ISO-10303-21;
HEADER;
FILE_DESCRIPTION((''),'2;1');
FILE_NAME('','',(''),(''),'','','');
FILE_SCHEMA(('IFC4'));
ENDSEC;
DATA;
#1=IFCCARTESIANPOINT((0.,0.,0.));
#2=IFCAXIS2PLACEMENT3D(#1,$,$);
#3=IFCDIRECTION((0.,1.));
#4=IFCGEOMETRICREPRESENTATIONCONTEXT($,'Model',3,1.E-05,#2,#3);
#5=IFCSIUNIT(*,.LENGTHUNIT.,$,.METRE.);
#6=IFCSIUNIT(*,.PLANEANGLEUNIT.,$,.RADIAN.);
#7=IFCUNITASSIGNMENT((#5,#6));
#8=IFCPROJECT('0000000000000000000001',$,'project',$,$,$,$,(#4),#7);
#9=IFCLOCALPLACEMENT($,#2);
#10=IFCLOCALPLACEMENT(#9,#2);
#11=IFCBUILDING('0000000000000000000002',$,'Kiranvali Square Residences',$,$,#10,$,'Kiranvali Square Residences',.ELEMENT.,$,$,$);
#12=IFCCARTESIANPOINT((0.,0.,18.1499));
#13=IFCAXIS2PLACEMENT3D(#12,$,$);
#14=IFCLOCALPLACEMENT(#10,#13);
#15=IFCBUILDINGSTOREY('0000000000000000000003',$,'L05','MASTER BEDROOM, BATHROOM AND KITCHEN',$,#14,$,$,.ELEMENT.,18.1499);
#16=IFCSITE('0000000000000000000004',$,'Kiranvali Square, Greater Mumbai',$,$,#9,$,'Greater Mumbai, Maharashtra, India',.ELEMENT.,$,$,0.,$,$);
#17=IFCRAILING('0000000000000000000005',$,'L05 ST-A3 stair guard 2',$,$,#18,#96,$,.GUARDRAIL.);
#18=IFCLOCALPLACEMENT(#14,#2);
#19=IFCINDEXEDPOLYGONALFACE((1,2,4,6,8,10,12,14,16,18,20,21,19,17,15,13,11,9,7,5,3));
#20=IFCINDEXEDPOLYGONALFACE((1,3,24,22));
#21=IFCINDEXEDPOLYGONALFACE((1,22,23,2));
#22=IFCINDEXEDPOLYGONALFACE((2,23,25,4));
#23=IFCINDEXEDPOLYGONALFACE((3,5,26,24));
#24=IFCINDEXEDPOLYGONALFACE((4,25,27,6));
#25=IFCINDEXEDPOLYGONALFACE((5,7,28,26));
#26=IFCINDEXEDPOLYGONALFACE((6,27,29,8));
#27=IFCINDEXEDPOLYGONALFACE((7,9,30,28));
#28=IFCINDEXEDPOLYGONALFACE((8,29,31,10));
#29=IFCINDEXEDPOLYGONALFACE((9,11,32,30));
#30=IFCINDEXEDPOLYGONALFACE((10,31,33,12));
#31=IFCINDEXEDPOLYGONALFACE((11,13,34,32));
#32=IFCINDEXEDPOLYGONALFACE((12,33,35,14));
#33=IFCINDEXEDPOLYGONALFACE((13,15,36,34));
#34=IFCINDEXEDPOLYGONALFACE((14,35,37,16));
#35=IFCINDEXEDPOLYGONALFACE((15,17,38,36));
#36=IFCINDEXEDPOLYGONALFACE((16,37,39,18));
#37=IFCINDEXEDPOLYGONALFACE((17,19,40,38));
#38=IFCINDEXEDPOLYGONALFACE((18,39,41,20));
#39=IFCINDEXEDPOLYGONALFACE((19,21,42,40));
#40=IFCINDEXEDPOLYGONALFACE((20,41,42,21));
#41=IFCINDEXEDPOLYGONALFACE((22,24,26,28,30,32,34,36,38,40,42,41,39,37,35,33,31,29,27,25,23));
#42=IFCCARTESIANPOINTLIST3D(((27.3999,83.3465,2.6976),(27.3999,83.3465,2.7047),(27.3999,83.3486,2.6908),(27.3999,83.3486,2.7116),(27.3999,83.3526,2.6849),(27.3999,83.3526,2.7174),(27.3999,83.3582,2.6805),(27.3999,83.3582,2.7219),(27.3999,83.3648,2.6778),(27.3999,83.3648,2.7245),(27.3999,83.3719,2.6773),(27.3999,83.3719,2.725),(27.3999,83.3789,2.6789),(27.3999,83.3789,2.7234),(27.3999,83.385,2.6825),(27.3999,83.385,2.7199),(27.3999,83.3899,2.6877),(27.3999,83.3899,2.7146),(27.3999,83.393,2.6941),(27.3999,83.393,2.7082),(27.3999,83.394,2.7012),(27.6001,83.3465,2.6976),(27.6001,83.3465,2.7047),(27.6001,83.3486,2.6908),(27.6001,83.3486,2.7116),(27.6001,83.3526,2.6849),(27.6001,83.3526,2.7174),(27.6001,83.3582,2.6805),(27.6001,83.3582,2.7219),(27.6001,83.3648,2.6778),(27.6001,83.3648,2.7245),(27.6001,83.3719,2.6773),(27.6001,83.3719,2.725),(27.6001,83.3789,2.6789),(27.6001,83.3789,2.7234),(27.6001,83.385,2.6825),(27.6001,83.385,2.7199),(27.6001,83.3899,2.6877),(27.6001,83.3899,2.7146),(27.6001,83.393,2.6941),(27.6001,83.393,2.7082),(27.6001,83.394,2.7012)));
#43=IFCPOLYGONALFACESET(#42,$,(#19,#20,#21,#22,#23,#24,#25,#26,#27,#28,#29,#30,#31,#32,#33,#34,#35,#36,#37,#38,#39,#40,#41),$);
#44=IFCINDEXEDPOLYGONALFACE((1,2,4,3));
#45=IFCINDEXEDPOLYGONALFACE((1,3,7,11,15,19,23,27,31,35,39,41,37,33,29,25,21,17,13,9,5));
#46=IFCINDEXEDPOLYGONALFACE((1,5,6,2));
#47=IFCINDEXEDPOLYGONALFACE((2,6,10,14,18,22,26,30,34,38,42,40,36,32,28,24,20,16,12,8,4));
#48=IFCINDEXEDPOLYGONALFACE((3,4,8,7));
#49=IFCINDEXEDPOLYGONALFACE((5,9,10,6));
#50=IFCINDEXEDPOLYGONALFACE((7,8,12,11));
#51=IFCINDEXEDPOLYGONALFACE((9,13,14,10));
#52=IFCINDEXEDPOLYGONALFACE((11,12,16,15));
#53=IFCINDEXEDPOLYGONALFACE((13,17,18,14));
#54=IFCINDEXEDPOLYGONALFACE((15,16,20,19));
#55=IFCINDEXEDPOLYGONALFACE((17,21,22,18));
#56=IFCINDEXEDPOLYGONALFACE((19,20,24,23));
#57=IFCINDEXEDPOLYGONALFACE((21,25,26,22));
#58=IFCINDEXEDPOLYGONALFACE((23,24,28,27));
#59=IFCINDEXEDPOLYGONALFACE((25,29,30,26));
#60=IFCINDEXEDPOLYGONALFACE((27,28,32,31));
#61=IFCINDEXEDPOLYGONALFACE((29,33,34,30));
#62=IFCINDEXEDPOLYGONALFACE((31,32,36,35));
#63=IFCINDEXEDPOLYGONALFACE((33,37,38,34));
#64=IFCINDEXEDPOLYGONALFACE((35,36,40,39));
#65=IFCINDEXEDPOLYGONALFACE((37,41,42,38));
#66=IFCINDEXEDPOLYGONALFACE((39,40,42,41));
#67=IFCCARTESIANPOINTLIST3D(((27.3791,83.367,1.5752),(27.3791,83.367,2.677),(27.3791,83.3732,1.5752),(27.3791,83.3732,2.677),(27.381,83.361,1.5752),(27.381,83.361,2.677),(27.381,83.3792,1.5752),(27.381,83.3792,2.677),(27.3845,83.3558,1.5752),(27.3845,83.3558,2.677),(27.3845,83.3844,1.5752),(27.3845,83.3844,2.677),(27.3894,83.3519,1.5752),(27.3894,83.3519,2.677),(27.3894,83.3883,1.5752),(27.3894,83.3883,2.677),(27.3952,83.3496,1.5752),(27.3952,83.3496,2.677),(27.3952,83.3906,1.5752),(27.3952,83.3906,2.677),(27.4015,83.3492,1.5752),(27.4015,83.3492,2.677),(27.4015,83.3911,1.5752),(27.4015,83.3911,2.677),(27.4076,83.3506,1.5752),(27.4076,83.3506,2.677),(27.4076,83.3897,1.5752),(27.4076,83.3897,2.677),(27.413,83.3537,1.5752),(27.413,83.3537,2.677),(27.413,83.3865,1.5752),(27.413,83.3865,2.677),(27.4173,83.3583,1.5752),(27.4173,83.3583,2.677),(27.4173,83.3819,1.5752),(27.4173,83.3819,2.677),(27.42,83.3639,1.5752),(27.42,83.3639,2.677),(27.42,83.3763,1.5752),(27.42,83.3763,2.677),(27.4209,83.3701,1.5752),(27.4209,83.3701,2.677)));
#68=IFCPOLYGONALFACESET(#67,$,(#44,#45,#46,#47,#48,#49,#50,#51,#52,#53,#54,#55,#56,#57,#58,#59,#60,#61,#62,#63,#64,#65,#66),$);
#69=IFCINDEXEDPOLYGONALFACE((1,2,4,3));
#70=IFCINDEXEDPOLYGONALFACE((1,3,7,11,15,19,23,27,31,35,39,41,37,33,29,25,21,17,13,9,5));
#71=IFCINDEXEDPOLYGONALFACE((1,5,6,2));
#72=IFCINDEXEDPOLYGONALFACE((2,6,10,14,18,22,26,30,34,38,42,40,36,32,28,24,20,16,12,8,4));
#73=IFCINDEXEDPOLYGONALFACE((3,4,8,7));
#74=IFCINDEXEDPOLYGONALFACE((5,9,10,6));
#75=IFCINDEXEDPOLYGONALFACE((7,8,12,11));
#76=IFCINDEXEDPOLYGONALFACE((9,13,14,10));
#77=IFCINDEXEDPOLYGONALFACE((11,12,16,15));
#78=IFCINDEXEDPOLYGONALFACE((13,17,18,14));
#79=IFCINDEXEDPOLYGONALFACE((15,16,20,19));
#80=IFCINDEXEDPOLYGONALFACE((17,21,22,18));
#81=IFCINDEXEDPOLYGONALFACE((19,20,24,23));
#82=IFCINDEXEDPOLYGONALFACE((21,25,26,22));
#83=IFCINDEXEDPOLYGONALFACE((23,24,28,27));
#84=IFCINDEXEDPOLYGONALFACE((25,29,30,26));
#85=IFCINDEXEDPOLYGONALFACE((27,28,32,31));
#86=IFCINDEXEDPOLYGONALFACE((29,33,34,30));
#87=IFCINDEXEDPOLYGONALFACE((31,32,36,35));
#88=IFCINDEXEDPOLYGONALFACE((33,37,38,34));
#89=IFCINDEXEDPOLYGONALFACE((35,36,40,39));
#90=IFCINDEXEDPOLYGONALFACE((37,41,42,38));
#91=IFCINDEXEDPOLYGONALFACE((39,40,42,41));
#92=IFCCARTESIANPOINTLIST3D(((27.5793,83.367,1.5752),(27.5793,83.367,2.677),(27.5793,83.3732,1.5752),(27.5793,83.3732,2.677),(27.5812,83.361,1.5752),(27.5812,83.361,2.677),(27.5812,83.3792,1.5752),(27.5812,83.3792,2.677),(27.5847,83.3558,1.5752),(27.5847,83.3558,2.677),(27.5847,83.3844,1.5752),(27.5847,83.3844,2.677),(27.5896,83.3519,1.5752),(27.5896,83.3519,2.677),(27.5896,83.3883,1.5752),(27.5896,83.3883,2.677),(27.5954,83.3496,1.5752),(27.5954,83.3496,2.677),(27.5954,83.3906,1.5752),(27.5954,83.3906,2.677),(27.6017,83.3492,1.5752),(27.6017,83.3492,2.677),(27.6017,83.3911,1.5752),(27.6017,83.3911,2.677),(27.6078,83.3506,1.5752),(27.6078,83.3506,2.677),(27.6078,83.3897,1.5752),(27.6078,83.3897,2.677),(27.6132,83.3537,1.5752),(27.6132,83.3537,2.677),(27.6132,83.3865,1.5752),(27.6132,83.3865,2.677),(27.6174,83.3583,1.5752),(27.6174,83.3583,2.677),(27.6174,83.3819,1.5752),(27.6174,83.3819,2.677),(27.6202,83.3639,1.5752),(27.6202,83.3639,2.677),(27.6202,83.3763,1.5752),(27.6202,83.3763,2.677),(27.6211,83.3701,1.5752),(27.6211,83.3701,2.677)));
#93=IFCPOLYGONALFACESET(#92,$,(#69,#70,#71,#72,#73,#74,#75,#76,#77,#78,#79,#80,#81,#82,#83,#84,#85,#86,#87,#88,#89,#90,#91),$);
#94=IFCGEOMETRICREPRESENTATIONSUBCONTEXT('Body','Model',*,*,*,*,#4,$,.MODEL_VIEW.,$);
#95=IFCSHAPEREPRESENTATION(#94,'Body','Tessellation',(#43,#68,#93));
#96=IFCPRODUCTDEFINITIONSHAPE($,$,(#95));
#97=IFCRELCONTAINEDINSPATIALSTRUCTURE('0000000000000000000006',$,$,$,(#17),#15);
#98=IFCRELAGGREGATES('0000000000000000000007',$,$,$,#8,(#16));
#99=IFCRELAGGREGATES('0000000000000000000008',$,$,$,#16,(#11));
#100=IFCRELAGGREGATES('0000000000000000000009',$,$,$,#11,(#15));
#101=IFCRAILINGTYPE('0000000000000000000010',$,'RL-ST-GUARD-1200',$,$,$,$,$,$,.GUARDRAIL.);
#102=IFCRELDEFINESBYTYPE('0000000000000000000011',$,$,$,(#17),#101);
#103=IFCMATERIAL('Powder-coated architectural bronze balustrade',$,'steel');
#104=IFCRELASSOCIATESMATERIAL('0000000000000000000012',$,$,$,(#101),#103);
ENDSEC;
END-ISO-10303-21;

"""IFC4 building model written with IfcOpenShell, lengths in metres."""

from ifc_helpers import new_model, si_unit, direction, frame, origin, origin_2d, place, context, subcontext, project, spatial, circle, extrude, material, type_object, element, save


model = new_model("IFC4")

# Units and contexts
model_context = context("Model", 3, precision=1e-05, world=origin(), true_north=direction((0.0, 1.0)))
body_context = subcontext(model_context, "Body", "Model", "MODEL_VIEW")
ifc_project = project(units=[si_unit("LENGTHUNIT", "METRE"), si_unit("PLANEANGLEUNIT", "RADIAN")], contexts=[model_context])

# Site, building, storey
site_placement = place(None, origin())
site = spatial("IfcSite", under=ifc_project, at=site_placement, Name="Kiranvali Square, Greater Mumbai", LongName="Greater Mumbai, Maharashtra, India", CompositionType="ELEMENT", RefElevation=0.0)
building_placement = place(site_placement, origin())
building = spatial("IfcBuilding", under=site, at=building_placement, Name="Kiranvali Square Residences", LongName="Kiranvali Square Residences", CompositionType="ELEMENT")
storey_placement = place(building_placement, frame((0.0, 0.0, 18.1499)))
storey = spatial("IfcBuildingStorey", under=building, at=storey_placement, Name="L05", Description="MASTER BEDROOM, BATHROOM AND KITCHEN", CompositionType="ELEMENT", Elevation=18.1499)

# Railing
ifc_material_1 = material(Name="Powder-coated architectural bronze balustrade", Category="steel")
railing_type_1 = type_object("IfcRailingType", Name="RL-ST-GUARD-1200", PredefinedType="GUARDRAIL", material=ifc_material_1)
railing_1_placement = place(storey_placement, frame((27.3999, 83.3701, 1.5752)))
element("IfcRailing", 1, at=railing_1_placement, inside=storey, type_object=railing_type_1, Name="L05 ST-A3 stair guard 2", PredefinedType="GUARDRAIL", context=body_context, shape_type="SweptSolid", body=[
    extrude(circle(Radius=0.0239, at=origin_2d()), frame((0.0, 0.0, 1.126), z_axis=(1.0, 0.0, 0.0), x_axis=(0.0, 1.0, 0.0)), (0.0, 0.0, 1.0), 0.2002),
    extrude(circle(Radius=0.021, at=origin_2d()), origin(), (0.0, 0.0, 1.0), 1.1018),
    extrude(circle(Radius=0.021, at=origin_2d()), frame((0.2002, 0.0, 0.0)), (0.0, 0.0, 1.0), 1.1018),
])

save(model, "model.ifc")
